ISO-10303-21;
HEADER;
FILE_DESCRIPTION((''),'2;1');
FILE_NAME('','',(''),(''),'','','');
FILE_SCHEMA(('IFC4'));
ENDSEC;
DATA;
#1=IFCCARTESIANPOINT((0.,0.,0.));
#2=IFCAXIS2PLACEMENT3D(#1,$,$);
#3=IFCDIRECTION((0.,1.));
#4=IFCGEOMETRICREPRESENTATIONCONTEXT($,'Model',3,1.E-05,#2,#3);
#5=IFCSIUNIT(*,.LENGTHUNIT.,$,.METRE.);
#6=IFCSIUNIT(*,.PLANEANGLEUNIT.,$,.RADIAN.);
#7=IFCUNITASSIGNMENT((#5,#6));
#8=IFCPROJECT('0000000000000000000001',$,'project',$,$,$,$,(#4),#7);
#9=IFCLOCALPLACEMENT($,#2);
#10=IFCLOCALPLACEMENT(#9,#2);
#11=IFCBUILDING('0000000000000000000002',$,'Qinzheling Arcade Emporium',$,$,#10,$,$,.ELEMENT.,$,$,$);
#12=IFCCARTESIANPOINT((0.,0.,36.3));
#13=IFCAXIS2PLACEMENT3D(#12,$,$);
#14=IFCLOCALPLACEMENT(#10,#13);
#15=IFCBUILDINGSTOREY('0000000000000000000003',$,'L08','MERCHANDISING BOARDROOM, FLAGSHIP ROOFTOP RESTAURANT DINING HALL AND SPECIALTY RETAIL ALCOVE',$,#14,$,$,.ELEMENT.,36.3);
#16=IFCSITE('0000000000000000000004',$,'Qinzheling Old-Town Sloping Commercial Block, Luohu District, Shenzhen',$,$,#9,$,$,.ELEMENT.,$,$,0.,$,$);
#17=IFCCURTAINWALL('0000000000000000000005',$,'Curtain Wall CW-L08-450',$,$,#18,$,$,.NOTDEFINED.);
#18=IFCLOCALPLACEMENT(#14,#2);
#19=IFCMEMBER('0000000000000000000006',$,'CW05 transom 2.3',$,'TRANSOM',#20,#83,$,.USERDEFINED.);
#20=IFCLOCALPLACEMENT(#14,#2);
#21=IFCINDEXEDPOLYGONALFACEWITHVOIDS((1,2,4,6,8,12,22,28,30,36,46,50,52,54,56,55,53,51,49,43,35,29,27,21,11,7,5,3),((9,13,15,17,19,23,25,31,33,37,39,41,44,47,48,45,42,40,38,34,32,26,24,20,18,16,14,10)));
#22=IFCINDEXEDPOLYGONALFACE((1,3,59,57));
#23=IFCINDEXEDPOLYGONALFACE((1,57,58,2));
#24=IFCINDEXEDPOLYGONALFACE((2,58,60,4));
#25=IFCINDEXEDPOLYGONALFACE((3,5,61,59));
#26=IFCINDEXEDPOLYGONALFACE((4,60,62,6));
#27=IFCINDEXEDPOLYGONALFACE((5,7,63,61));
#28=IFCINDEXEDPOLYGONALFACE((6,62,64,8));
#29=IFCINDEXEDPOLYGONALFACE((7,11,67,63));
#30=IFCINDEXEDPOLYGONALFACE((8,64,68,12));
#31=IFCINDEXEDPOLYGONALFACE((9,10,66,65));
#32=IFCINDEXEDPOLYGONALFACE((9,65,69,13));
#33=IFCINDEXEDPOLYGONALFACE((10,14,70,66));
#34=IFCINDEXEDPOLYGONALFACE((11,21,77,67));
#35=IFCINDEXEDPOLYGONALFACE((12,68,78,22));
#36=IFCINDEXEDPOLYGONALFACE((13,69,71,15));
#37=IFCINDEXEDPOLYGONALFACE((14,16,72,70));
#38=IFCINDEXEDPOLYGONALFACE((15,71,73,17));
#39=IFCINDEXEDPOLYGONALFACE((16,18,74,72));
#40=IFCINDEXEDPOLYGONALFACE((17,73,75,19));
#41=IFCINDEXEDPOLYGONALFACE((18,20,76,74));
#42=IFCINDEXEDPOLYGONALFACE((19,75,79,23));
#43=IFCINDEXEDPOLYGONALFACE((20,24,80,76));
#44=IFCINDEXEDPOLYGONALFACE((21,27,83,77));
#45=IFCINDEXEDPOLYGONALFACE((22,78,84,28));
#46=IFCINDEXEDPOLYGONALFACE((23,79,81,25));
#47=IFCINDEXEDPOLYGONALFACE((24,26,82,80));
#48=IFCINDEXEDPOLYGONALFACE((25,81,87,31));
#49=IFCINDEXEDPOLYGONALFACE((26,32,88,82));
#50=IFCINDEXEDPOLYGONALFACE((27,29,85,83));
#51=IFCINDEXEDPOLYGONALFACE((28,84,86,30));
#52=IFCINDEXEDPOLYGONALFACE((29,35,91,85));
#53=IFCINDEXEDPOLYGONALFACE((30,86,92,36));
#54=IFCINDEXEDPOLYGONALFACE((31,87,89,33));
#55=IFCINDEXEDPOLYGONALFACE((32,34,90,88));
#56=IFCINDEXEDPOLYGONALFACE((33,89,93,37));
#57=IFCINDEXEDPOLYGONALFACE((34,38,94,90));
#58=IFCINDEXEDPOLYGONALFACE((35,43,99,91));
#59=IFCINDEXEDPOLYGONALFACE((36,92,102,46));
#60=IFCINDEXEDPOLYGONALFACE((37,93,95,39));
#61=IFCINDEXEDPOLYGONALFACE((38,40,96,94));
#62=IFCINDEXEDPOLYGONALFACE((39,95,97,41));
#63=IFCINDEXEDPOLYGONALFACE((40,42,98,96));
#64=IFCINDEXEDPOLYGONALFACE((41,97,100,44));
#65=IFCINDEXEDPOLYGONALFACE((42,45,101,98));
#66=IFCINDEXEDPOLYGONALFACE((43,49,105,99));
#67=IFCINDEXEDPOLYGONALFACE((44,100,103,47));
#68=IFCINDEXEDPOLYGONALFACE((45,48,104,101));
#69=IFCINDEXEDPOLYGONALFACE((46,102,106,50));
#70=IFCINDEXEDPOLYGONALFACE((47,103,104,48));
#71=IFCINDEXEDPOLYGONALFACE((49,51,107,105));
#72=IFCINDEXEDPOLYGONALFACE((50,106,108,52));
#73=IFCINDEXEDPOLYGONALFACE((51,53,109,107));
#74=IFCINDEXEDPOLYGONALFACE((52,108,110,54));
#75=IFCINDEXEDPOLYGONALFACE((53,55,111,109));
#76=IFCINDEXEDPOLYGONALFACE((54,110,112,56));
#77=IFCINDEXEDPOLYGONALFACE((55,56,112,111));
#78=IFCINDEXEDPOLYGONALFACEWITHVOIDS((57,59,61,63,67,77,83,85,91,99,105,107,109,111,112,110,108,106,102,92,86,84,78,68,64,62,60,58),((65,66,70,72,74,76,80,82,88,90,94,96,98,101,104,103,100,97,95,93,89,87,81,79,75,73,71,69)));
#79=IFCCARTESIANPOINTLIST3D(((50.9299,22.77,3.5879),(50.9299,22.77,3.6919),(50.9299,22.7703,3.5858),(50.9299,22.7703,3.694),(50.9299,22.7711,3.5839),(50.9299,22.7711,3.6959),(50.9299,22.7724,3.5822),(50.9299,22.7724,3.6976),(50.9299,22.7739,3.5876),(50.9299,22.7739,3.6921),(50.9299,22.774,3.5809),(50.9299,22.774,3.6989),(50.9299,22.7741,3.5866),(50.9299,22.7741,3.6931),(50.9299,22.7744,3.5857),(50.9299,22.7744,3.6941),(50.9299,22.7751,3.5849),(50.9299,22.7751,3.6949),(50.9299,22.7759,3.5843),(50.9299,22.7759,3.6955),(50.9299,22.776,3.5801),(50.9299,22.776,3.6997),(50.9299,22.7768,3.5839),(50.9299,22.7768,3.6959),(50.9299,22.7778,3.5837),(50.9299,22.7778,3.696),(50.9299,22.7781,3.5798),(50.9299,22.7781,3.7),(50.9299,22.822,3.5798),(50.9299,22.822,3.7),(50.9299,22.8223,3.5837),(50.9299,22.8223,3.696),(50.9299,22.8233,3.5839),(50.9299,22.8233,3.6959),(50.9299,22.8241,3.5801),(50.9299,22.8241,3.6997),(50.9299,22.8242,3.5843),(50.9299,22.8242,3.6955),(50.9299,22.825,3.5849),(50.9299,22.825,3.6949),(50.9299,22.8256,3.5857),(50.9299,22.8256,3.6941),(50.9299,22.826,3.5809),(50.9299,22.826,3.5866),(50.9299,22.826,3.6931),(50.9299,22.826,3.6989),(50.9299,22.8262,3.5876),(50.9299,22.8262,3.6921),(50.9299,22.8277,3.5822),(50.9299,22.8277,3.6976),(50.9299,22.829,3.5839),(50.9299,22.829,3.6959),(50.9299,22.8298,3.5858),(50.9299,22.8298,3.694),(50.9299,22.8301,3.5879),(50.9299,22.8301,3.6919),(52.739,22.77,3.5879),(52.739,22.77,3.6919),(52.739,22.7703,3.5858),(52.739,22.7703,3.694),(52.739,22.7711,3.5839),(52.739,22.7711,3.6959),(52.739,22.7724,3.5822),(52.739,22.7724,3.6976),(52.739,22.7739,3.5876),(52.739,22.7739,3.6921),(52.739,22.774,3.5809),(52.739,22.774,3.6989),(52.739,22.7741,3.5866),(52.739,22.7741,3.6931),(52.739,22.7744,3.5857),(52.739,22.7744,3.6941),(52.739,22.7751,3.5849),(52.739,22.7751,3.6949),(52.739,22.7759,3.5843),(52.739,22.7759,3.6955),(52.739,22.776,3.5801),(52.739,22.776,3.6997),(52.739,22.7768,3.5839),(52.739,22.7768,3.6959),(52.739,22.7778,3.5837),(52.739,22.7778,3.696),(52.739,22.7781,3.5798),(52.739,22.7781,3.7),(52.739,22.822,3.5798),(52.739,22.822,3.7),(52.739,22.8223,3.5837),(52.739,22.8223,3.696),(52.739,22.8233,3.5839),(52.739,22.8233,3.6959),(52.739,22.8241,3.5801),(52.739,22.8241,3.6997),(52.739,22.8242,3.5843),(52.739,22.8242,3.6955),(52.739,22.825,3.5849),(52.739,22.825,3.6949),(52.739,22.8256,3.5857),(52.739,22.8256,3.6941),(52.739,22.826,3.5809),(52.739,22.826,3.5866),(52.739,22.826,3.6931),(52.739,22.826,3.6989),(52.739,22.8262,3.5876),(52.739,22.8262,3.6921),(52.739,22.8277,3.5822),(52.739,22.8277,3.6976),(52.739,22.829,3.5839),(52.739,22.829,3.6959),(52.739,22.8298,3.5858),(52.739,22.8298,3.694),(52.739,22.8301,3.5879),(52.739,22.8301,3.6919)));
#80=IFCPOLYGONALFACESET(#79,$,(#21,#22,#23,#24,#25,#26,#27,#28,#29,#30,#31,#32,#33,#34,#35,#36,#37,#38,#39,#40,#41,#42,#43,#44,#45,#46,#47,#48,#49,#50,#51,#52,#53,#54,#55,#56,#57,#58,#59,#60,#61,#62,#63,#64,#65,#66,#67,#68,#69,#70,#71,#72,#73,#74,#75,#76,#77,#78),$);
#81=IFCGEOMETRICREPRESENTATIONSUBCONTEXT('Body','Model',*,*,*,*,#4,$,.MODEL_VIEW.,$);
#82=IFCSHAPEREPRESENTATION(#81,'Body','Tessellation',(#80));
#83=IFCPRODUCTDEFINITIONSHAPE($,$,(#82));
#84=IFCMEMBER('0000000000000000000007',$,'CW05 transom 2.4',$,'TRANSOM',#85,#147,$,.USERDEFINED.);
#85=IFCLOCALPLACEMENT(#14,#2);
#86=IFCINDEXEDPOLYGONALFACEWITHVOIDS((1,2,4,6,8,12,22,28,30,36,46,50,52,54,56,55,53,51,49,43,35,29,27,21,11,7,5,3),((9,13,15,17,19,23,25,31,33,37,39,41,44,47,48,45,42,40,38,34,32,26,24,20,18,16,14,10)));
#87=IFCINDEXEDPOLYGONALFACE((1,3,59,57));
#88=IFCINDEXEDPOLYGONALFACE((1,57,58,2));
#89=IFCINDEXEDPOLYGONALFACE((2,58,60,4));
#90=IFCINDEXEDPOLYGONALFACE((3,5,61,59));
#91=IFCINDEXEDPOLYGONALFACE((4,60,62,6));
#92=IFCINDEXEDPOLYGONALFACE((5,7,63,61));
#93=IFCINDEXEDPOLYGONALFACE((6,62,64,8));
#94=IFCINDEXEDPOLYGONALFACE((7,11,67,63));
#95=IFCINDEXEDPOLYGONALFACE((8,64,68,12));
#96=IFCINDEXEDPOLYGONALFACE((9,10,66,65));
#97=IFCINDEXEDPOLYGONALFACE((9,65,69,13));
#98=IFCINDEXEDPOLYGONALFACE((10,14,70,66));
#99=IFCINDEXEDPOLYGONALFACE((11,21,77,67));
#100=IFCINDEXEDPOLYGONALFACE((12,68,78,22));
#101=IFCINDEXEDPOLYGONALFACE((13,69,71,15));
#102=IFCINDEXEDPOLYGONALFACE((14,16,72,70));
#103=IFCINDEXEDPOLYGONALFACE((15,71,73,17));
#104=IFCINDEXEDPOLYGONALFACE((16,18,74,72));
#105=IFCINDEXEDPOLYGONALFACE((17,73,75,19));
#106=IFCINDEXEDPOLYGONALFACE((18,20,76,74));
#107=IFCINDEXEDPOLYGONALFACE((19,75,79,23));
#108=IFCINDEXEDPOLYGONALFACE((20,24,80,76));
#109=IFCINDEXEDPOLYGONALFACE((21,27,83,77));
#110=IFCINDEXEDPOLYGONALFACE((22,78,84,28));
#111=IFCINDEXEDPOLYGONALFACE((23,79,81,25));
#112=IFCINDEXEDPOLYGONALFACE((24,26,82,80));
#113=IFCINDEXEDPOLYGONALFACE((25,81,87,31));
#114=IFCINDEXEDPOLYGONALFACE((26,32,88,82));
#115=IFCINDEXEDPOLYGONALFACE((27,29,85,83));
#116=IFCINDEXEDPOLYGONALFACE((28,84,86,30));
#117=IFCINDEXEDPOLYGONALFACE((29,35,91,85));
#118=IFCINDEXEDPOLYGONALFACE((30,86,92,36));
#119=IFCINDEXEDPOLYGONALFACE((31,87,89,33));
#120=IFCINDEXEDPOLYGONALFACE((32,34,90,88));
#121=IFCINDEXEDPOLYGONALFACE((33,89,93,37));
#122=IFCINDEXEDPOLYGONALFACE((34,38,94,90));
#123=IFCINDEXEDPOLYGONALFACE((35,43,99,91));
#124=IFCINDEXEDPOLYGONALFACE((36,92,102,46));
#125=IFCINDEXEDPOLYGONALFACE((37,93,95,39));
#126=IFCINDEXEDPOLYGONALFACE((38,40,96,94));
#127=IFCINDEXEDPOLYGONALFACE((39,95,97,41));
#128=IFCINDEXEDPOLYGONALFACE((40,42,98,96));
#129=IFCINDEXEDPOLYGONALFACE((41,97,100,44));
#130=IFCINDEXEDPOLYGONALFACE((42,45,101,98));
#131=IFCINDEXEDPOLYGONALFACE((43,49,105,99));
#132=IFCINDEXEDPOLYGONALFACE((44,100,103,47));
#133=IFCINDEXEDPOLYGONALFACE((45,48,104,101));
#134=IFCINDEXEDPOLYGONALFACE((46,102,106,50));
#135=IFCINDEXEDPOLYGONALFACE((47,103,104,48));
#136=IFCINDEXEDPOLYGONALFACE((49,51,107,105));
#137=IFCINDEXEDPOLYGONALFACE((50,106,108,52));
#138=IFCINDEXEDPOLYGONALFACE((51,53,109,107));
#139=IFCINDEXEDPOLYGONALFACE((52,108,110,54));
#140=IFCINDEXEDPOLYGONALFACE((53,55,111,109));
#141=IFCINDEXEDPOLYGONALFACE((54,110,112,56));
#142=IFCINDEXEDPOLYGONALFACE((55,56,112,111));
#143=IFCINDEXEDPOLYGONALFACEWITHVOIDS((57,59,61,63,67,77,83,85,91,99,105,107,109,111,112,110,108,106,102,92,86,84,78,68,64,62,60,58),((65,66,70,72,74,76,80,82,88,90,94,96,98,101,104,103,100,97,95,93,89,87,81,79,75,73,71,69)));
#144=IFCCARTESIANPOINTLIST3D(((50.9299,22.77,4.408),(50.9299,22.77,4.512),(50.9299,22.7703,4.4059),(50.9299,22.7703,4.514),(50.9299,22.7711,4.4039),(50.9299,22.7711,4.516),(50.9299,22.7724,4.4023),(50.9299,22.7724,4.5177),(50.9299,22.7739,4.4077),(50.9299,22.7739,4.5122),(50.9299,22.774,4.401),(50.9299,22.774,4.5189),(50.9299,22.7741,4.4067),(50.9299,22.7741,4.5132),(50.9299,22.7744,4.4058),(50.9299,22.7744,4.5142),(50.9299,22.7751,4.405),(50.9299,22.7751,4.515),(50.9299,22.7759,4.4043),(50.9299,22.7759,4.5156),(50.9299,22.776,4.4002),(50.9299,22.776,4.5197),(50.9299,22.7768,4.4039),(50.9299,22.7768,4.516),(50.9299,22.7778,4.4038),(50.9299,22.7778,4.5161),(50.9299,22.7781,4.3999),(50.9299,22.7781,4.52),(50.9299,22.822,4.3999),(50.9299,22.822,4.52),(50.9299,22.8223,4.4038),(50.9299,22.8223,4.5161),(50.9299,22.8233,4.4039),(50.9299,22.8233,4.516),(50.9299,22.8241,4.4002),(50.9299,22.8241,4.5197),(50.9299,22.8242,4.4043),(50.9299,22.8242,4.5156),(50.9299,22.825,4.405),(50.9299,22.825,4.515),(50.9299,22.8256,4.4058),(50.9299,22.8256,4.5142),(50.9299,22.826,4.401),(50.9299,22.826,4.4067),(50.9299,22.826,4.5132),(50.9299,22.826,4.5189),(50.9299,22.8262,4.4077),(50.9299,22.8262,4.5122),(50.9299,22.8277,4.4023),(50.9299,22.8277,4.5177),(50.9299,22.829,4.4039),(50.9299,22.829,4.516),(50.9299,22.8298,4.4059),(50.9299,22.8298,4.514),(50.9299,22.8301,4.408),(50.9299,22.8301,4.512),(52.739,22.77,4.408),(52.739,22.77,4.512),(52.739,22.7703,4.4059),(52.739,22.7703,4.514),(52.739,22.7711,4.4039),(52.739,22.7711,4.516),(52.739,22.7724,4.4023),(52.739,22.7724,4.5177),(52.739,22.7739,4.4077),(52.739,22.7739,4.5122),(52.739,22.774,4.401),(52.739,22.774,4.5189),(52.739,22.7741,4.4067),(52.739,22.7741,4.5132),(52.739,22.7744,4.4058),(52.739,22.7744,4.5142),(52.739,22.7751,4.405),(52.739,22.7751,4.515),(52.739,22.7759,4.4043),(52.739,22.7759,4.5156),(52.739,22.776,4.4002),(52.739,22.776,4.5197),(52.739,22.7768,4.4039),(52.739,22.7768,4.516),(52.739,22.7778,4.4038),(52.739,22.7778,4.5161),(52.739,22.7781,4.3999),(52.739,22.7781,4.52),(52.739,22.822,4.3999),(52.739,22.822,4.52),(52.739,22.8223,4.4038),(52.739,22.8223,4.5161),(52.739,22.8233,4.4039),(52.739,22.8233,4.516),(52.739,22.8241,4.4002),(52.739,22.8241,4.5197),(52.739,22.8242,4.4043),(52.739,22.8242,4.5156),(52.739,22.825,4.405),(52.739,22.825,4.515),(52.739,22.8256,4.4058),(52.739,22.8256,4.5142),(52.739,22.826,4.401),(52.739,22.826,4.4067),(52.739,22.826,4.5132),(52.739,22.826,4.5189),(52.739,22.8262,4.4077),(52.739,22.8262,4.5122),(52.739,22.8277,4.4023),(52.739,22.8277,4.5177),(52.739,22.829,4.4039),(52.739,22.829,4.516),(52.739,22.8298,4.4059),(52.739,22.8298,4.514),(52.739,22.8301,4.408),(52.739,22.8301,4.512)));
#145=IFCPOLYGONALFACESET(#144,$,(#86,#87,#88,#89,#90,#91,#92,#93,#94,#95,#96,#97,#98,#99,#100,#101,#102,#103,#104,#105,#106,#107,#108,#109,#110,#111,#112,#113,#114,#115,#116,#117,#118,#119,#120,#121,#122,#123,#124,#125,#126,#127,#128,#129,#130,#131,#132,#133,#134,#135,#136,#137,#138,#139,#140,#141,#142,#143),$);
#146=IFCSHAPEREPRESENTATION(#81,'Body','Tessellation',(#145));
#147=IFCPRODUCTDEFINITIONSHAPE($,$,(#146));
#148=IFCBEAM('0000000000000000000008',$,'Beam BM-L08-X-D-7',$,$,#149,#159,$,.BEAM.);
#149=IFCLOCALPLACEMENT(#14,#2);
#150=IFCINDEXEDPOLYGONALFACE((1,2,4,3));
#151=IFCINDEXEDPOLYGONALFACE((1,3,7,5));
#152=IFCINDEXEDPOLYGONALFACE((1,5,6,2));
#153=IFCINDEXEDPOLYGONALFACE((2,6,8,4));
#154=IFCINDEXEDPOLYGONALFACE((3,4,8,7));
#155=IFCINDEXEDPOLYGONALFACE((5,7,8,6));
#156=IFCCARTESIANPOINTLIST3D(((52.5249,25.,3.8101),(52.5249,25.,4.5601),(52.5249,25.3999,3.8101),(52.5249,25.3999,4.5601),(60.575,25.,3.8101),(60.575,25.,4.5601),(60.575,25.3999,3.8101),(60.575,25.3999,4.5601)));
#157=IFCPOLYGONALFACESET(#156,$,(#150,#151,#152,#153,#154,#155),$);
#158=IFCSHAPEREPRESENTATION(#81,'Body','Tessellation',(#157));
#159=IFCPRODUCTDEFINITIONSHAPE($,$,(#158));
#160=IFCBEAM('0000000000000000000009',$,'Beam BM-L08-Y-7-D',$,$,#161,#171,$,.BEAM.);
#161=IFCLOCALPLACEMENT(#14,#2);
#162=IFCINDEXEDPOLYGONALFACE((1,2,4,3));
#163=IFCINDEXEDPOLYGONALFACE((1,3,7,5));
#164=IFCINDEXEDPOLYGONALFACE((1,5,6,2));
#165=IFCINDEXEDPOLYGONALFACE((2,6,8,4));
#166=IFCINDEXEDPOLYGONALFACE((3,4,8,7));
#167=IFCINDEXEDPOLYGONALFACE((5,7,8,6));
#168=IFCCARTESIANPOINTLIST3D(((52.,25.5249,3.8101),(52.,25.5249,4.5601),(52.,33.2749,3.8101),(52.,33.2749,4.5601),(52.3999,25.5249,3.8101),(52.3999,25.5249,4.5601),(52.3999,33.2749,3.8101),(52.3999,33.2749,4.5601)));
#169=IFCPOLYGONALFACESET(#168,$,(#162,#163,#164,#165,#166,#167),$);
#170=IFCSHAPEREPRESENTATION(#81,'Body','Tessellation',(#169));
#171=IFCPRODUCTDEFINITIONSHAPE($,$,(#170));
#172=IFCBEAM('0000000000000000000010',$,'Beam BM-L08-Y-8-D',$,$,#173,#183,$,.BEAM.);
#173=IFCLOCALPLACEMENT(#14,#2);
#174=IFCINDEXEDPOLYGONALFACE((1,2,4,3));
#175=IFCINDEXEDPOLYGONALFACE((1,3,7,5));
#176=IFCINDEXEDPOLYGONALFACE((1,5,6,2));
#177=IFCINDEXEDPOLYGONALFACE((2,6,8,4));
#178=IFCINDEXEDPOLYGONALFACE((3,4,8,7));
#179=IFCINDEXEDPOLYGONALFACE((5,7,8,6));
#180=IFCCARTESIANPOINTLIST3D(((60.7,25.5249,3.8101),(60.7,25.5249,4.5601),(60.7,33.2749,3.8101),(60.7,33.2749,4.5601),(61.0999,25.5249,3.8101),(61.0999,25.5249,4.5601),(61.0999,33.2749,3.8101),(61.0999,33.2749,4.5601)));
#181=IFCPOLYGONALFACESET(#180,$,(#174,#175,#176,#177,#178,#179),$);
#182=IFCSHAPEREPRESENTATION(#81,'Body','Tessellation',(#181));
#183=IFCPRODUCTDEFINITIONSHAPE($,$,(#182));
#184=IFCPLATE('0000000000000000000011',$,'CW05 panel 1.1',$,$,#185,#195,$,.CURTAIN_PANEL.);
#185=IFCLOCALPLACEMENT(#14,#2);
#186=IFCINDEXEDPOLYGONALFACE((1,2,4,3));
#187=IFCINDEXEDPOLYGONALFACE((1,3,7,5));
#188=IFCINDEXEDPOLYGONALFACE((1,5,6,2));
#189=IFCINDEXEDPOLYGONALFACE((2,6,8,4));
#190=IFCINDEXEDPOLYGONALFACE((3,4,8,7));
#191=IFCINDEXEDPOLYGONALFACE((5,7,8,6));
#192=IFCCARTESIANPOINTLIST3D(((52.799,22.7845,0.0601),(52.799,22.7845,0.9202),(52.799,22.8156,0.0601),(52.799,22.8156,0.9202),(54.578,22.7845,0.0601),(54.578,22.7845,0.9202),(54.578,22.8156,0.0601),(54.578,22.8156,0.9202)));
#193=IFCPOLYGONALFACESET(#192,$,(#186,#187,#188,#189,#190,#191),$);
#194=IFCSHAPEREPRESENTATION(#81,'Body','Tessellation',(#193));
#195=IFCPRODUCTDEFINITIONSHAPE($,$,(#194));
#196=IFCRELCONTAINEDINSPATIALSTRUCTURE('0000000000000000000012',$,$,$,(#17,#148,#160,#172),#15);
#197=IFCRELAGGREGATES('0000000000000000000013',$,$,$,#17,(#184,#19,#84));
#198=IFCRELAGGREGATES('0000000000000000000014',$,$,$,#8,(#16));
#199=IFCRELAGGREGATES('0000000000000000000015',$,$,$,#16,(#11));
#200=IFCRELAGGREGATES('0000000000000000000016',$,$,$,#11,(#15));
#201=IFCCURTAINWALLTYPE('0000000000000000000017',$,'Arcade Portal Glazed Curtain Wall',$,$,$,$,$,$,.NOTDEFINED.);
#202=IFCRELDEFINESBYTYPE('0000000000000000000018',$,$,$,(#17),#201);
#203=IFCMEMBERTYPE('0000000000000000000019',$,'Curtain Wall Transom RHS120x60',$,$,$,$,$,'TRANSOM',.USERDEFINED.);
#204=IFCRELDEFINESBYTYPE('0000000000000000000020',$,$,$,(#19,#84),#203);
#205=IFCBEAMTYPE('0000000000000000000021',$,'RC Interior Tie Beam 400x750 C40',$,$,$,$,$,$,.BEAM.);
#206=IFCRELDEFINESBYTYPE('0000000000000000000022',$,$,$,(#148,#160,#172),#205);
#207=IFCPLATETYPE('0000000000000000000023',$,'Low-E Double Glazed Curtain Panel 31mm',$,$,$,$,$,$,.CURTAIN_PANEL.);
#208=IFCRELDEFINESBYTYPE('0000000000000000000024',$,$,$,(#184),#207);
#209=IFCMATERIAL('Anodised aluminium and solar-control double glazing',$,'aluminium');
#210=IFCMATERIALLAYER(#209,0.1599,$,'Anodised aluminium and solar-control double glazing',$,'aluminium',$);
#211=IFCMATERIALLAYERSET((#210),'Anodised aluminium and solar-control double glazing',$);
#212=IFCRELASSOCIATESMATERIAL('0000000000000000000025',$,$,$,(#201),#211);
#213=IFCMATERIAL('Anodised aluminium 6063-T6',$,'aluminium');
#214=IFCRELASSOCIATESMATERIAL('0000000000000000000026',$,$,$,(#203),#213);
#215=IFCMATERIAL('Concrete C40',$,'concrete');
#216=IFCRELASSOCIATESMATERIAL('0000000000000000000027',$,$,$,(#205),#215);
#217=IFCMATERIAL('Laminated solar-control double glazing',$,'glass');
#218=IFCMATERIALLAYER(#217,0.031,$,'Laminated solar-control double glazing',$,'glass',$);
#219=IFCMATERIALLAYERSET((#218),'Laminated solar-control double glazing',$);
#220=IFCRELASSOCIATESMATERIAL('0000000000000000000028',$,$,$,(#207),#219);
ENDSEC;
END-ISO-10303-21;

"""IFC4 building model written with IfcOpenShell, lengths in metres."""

from ifc_helpers import new_model, si_unit, direction, frame, origin, origin_2d, place, context, subcontext, project, spatial, rectangle, hollow_rectangle, extrude, material, layer, layer_set, material_profile, profile_set, type_object, element, aggregate, save


model = new_model("IFC4")

# Units and contexts
model_context = context("Model", 3, precision=1e-05, world=origin(), true_north=direction((0.0, 1.0)))
body_context = subcontext(model_context, "Body", "Model", "MODEL_VIEW")
ifc_project = project(units=[si_unit("LENGTHUNIT", "METRE"), si_unit("PLANEANGLEUNIT", "RADIAN")], contexts=[model_context])

# Site, building, storey
site_placement = place(None, origin())
site = spatial("IfcSite", under=ifc_project, at=site_placement, Name="Qinzheling Old-Town Sloping Commercial Block, Luohu District, Shenzhen", CompositionType="ELEMENT", RefElevation=0.0)
building_placement = place(site_placement, origin())
building = spatial("IfcBuilding", under=site, at=building_placement, Name="Qinzheling Arcade Emporium", CompositionType="ELEMENT")
storey_placement = place(building_placement, frame((0.0, 0.0, 36.3)))
storey = spatial("IfcBuildingStorey", under=building, at=storey_placement, Name="L08", Description="MERCHANDISING BOARDROOM, FLAGSHIP ROOFTOP RESTAURANT DINING HALL AND SPECIALTY RETAIL ALCOVE", CompositionType="ELEMENT", Elevation=36.3)

# Shared definitions
ifc_material_1 = material(Name="Concrete C40", Category="concrete")

# Curtain wall, members
ifc_material_2 = material(Name="Anodised aluminium and solar-control double glazing", Category="aluminium")
ifc_layer_1 = layer(ifc_material_2, 0.1599, Name="Anodised aluminium and solar-control double glazing", Category="aluminium")
ifc_layer_set_1 = layer_set([ifc_layer_1], Name="Anodised aluminium and solar-control double glazing")
curtain_wall_type = type_object("IfcCurtainWallType", Name="Arcade Portal Glazed Curtain Wall", PredefinedType="NOTDEFINED", material=ifc_layer_set_1)
curtain_wall_placement = place(storey_placement, origin())
curtain_wall = element("IfcCurtainWall", 1, at=curtain_wall_placement, inside=storey, type_object=curtain_wall_type, Name="Curtain Wall CW-L08-450", PredefinedType="NOTDEFINED")
ifc_material_3 = material(Name="Anodised aluminium 6063-T6", Category="aluminium")
ifc_material_profile_1 = material_profile(ifc_material_3, hollow_rectangle(XDim=0.0601, YDim=0.1201, WallThickness=0.0039, InnerFilletRadius=0.0039, OuterFilletRadius=0.0081, at=origin_2d()), Name="RHS 120x60x4", Category="aluminium")
ifc_profile_set_1 = profile_set([ifc_material_profile_1], Name="Anodised aluminium 6063-T6")
member_type_1 = type_object("IfcMemberType", Name="Curtain Wall Transom RHS120x60", ElementType="TRANSOM", PredefinedType="USERDEFINED", material=ifc_profile_set_1)
member_1_placement = place(storey_placement, frame((52.739, 22.8, 3.6399), z_axis=(-1.0, 0.0, 0.0), x_axis=(0.0, -1.0, 0.0)))
member_1 = element("IfcMember", 2, at=member_1_placement, type_object=member_type_1, Name="CW05 transom 2.3", ObjectType="TRANSOM", PredefinedType="USERDEFINED", context=body_context, shape_type="SweptSolid", body=[
    extrude(hollow_rectangle(XDim=0.0601, YDim=0.1201, WallThickness=0.0039, InnerFilletRadius=0.0039, OuterFilletRadius=0.0081, at=origin_2d()), origin(), (0.0, 0.0, 1.0), 1.8091),
])
member_2_placement = place(storey_placement, frame((52.739, 22.8, 4.46), z_axis=(-1.0, 0.0, 0.0), x_axis=(0.0, -1.0, 0.0)))
member_2 = element("IfcMember", 3, at=member_2_placement, type_object=member_type_1, Name="CW05 transom 2.4", ObjectType="TRANSOM", PredefinedType="USERDEFINED", context=body_context, shape_type="SweptSolid", body=[
    extrude(hollow_rectangle(XDim=0.0601, YDim=0.1201, WallThickness=0.0039, InnerFilletRadius=0.0039, OuterFilletRadius=0.0081, at=origin_2d()), origin(), (0.0, 0.0, 1.0), 1.8091),
])

# Beams
ifc_material_profile_2 = material_profile(ifc_material_1, rectangle(XDim=0.3999, YDim=0.75, at=origin_2d()), Name="RC 400x750", Category="concrete")
ifc_profile_set_2 = profile_set([ifc_material_profile_2], Name="Concrete C40")
beam_type = type_object("IfcBeamType", Name="RC Interior Tie Beam 400x750 C40", PredefinedType="BEAM", material=ifc_profile_set_2)
beam_placement = place(storey_placement, frame((52.5249, 25.2, 4.1851), z_axis=(1.0, 0.0, 0.0), x_axis=(0.0, 1.0, 0.0)))
element("IfcBeam", 4, at=beam_placement, inside=storey, type_object=beam_type, Name="Beam BM-L08-X-D-7", PredefinedType="BEAM", context=body_context, shape_type="SweptSolid", body=[
    extrude(rectangle(XDim=0.3999, YDim=0.75, at=origin_2d()), origin(), (0.0, 0.0, 1.0), 8.05),
])
for number, where, z_axis, x_axis, name in (
    (5, (52.2, 25.5249, 4.1851), (0.0, 1.0, 0.0), (-1.0, 0.0, 0.0), "Beam BM-L08-Y-7-D"),
    (6, (60.8999, 25.5249, 4.1851), (0.0, 1.0, 0.0), (-1.0, 0.0, 0.0), "Beam BM-L08-Y-8-D"),
):
    element("IfcBeam", number, at=place(storey_placement, frame(where, z_axis=z_axis, x_axis=x_axis)), inside=storey, type_object=beam_type, Name=name, PredefinedType="BEAM", context=body_context, shape_type="SweptSolid", body=[
        extrude(rectangle(XDim=0.3999, YDim=0.75, at=origin_2d()), origin(), (0.0, 0.0, 1.0), 7.75),
    ])

# Plate
ifc_material_4 = material(Name="Laminated solar-control double glazing", Category="glass")
ifc_layer_2 = layer(ifc_material_4, 0.031, Name="Laminated solar-control double glazing", Category="glass")
ifc_layer_set_2 = layer_set([ifc_layer_2], Name="Laminated solar-control double glazing")
plate_type = type_object("IfcPlateType", Name="Low-E Double Glazed Curtain Panel 31mm", PredefinedType="CURTAIN_PANEL", material=ifc_layer_set_2)
plate_1_placement = place(storey_placement, frame((53.6885, 22.8, 0.0601), z_axis=(0.0, 0.0, 1.0), x_axis=(-1.0, 0.0, 0.0)))
plate_1 = element("IfcPlate", 7, at=plate_1_placement, type_object=plate_type, Name="CW05 panel 1.1", PredefinedType="CURTAIN_PANEL", context=body_context, shape_type="SweptSolid", body=[
    extrude(rectangle(XDim=1.7791, YDim=0.031, at=origin_2d()), origin(), (0.0, 0.0, 1.0), 0.8601),
])
aggregate(curtain_wall, [plate_1, member_1, member_2])

save(model, "model.ifc")
